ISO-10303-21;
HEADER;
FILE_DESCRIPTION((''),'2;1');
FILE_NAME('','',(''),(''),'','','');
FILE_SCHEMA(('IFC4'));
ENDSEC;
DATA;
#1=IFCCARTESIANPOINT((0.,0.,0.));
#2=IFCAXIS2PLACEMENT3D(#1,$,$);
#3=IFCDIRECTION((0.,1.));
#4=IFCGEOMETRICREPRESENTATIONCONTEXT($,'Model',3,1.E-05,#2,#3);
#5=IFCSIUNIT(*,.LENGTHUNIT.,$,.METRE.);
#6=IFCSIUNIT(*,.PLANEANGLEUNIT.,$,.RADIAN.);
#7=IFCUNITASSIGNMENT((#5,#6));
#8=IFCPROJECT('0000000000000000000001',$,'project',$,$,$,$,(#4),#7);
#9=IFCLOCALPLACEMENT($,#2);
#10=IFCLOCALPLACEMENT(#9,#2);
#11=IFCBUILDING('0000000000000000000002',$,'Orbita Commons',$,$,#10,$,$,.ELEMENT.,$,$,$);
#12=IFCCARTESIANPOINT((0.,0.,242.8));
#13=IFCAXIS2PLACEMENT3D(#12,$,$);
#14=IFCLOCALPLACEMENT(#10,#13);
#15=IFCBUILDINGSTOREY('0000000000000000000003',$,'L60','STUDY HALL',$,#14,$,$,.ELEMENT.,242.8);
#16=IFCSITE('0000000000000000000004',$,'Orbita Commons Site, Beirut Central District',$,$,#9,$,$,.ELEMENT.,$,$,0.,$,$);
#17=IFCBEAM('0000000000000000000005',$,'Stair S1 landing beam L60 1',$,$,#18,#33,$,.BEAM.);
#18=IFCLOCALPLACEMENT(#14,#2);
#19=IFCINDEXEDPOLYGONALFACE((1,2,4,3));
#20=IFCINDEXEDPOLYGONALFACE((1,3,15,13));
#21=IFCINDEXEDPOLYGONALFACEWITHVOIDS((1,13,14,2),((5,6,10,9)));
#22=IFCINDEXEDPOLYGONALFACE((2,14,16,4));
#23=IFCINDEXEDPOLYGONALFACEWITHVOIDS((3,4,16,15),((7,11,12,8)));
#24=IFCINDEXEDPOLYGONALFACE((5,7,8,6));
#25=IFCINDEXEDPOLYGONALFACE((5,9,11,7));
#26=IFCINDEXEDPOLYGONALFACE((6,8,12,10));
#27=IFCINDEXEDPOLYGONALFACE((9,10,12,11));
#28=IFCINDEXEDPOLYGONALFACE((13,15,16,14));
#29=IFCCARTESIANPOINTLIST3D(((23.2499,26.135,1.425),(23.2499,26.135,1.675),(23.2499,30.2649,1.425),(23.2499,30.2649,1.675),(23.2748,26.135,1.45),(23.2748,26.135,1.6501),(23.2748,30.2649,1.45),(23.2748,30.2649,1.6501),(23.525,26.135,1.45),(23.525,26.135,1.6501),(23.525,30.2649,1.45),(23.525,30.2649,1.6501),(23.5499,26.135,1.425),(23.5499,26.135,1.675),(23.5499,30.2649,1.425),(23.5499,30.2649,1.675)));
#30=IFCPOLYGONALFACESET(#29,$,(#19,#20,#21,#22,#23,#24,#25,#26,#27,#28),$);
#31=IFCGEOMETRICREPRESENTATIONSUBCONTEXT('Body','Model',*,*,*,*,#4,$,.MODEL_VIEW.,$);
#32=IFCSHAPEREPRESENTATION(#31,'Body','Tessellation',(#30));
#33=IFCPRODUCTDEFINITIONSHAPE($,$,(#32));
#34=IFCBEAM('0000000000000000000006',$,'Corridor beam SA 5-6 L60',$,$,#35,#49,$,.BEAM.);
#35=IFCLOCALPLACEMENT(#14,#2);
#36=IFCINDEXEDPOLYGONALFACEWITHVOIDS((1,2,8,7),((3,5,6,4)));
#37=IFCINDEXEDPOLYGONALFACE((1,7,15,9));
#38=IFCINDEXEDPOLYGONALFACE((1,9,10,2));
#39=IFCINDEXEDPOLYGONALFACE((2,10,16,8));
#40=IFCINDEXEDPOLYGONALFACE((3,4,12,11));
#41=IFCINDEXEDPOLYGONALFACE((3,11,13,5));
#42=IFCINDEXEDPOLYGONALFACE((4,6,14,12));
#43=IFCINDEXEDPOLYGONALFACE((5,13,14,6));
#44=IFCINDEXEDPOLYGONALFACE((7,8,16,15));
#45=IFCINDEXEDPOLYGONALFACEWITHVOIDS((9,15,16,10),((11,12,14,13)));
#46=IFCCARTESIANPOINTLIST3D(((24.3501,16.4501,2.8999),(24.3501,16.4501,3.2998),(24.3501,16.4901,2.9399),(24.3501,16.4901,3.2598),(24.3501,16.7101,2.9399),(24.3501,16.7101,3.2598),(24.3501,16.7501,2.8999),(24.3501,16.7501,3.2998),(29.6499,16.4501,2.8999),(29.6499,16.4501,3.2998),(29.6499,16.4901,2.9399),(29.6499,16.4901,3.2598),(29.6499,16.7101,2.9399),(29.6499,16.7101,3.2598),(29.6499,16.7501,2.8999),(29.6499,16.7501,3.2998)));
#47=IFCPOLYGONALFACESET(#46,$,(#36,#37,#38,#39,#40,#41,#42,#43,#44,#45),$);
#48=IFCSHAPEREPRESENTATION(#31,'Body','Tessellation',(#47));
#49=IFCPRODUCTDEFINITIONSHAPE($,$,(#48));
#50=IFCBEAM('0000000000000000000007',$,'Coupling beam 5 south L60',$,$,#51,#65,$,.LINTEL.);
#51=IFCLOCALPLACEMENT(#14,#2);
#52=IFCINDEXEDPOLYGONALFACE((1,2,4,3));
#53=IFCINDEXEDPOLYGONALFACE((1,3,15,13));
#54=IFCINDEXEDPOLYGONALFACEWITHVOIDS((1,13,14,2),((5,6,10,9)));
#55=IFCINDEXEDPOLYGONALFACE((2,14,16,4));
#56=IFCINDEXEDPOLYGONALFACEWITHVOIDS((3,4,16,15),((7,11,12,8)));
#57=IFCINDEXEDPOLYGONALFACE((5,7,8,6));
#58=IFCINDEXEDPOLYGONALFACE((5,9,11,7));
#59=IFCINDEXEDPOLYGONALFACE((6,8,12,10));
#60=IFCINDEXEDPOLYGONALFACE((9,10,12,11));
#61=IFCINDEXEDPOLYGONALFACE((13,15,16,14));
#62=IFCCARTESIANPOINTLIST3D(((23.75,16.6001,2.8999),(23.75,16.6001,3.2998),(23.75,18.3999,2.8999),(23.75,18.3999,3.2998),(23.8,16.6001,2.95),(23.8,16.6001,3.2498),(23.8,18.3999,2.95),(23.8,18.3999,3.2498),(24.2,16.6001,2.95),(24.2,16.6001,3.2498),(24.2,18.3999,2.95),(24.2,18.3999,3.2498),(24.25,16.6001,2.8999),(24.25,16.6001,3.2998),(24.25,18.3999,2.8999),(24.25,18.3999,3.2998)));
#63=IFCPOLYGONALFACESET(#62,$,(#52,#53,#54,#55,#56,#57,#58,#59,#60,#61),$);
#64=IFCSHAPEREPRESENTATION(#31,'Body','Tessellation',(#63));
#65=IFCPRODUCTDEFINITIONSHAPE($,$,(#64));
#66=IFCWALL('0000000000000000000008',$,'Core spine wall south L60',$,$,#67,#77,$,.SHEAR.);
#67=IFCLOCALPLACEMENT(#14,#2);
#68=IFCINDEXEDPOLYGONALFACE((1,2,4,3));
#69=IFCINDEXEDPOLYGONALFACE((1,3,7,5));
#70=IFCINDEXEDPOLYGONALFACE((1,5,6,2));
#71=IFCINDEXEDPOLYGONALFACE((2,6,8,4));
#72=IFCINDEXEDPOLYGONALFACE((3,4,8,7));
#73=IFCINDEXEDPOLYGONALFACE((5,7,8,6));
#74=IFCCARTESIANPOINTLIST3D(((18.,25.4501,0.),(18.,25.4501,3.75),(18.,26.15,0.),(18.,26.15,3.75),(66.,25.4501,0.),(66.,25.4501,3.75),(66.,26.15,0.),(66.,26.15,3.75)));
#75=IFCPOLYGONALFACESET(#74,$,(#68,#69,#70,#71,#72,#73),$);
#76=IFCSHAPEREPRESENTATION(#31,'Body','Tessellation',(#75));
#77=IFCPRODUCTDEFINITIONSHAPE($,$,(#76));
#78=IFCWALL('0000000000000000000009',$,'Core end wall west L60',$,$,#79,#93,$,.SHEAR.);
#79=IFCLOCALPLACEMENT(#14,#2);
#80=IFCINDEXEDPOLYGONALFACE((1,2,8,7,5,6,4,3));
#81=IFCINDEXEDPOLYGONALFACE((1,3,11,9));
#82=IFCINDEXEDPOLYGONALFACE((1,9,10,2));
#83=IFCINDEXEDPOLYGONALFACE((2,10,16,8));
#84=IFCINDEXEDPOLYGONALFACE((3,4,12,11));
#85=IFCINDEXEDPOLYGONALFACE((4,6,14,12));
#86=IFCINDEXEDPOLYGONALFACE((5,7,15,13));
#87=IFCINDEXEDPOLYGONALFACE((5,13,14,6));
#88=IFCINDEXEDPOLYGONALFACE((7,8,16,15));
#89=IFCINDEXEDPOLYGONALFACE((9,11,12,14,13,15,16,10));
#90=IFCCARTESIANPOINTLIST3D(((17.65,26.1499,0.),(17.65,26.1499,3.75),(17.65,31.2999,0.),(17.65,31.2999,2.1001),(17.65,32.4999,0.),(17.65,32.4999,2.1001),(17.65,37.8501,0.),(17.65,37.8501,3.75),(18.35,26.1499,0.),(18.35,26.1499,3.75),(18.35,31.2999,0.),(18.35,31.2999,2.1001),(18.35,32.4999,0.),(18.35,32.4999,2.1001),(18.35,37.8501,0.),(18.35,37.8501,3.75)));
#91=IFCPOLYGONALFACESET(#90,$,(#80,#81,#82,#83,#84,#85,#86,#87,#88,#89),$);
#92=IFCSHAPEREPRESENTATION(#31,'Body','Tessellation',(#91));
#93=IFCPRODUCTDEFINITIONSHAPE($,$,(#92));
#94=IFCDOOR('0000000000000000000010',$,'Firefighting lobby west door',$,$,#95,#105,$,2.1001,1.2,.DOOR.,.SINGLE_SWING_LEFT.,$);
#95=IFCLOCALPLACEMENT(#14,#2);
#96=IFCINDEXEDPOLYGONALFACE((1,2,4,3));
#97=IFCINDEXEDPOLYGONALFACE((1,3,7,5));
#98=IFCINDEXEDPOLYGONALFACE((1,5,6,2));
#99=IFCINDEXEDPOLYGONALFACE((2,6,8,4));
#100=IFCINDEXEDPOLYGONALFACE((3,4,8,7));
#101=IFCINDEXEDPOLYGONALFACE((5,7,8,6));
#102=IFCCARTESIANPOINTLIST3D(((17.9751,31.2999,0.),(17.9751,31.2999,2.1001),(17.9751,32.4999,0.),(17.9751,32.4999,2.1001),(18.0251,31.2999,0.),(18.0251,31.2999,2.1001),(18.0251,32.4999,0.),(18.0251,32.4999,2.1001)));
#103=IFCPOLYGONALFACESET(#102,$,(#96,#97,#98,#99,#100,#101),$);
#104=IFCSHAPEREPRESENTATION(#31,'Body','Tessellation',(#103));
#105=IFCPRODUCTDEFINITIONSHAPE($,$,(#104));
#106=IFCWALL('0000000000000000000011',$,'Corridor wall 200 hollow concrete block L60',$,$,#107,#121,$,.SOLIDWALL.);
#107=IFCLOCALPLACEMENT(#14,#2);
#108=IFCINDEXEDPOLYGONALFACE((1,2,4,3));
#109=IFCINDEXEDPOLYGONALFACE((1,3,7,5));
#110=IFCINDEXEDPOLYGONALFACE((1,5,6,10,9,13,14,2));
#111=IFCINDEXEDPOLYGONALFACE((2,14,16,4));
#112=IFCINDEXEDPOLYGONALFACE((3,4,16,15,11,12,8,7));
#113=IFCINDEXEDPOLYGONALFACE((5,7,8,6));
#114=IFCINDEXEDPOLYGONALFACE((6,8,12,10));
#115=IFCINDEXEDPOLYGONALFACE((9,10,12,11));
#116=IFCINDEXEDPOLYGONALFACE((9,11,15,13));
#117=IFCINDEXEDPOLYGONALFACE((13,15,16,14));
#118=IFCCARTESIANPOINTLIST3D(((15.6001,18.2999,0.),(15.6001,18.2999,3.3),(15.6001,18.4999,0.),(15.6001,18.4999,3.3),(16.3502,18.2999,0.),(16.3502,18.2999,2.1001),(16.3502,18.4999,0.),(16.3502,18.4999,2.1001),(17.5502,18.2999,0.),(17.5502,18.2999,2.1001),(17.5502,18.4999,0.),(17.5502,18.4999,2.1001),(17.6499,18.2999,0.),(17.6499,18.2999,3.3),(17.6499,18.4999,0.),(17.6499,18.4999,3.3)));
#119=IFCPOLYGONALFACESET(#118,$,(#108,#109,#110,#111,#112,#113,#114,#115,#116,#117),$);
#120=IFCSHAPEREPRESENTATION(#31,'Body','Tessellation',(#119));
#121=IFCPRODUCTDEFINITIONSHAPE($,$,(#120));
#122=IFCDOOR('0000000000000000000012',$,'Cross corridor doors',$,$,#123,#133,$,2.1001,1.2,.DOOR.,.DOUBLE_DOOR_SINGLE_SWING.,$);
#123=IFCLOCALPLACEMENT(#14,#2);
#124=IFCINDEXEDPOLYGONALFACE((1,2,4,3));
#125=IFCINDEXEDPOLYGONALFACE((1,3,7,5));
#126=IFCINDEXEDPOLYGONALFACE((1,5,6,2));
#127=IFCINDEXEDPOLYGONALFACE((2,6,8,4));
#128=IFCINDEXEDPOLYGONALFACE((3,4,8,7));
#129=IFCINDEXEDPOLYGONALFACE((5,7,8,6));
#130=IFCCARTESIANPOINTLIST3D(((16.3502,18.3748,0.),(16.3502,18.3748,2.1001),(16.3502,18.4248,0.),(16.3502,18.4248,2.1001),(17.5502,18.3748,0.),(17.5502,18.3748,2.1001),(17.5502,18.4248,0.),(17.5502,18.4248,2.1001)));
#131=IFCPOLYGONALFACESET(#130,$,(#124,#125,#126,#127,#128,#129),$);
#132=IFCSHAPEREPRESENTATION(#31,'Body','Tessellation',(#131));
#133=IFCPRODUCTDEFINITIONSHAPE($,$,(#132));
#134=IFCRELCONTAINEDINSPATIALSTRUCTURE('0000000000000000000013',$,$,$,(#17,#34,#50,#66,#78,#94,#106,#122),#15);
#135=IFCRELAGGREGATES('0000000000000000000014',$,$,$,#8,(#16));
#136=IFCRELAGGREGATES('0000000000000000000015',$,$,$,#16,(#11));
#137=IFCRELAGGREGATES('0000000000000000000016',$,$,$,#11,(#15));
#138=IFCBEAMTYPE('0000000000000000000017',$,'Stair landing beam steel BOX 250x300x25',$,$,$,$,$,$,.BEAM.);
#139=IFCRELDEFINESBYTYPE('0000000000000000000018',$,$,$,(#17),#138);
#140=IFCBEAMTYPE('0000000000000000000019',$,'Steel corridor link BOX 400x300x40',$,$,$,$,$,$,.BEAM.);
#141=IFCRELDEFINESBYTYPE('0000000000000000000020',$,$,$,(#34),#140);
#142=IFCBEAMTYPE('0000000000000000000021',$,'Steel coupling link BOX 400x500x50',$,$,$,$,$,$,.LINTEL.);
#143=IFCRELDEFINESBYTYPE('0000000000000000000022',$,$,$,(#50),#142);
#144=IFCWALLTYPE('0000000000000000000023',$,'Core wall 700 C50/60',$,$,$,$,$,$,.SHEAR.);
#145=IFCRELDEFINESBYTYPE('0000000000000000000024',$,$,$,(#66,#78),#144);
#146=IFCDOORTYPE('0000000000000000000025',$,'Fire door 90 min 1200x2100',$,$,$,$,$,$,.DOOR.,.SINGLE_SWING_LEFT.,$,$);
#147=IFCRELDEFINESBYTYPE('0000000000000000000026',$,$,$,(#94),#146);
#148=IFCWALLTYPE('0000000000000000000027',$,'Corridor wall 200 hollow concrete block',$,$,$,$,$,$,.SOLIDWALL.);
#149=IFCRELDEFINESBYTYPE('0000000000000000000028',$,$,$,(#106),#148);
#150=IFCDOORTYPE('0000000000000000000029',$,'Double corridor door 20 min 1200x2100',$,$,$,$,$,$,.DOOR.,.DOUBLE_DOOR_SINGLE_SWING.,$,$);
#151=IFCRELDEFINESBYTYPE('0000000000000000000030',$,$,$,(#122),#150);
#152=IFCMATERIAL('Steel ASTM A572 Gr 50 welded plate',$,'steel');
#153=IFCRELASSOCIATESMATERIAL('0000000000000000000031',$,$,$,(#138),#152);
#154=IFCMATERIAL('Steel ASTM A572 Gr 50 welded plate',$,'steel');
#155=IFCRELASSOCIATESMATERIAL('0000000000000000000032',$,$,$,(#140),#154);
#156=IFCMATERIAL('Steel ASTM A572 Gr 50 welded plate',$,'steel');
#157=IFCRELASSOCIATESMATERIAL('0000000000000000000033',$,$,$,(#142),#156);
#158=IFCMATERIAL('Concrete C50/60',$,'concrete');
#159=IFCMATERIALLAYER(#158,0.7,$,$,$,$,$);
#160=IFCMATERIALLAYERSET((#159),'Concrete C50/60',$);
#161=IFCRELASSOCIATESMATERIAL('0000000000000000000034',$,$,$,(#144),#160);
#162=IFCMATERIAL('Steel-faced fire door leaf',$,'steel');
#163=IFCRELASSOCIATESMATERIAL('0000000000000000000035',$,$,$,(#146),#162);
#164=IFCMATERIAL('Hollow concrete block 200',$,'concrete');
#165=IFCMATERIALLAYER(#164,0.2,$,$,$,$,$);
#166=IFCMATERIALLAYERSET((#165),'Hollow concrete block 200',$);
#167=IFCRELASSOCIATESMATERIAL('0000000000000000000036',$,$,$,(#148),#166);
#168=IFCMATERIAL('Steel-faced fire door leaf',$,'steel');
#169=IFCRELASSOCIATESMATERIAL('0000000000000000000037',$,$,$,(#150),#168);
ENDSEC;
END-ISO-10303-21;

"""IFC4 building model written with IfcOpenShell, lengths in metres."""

from ifc_helpers import new_model, si_unit, direction, frame, frame_2d, origin, origin_2d, place, context, subcontext, project, spatial, rectangle, hollow_rectangle, extrude, material, layer, layer_set, material_profile, profile_set, type_object, element, fill, save


model = new_model("IFC4")

# Units and contexts
model_context = context("Model", 3, precision=1e-05, world=origin(), true_north=direction((0.0, 1.0)))
body_context = subcontext(model_context, "Body", "Model", "MODEL_VIEW")
ifc_project = project(units=[si_unit("LENGTHUNIT", "METRE"), si_unit("PLANEANGLEUNIT", "RADIAN")], contexts=[model_context])

# Site, building, storey
site_placement = place(None, origin())
site = spatial("IfcSite", under=ifc_project, at=site_placement, Name="Orbita Commons Site, Beirut Central District", CompositionType="ELEMENT", RefElevation=0.0)
building_placement = place(site_placement, origin())
building = spatial("IfcBuilding", under=site, at=building_placement, Name="Orbita Commons", CompositionType="ELEMENT")
storey_placement = place(building_placement, frame((0.0, 0.0, 242.8)))
storey = spatial("IfcBuildingStorey", under=building, at=storey_placement, Name="L60", Description="STUDY HALL", CompositionType="ELEMENT", Elevation=242.8)

# Beams
ifc_material_1 = material(Name="Steel ASTM A572 Gr 50 welded plate", Category="steel")
ifc_material_profile_1 = material_profile(ifc_material_1, hollow_rectangle(XDim=0.3, YDim=0.25, WallThickness=0.0249, at=origin_2d()), Name="BOX 250x300x25")
ifc_profile_set_1 = profile_set([ifc_material_profile_1], Name="Steel ASTM A572 Gr 50 welded plate")
beam_type_1 = type_object("IfcBeamType", Name="Stair landing beam steel BOX 250x300x25", PredefinedType="BEAM", material=ifc_profile_set_1)
beam_1_placement = place(storey_placement, frame((23.3999, 26.135, 1.55), z_axis=(0.0, 1.0, 0.0), x_axis=(-1.0, 0.0, 0.0)))
element("IfcBeam", 1, at=beam_1_placement, inside=storey, type_object=beam_type_1, Name="Stair S1 landing beam L60 1", PredefinedType="BEAM", context=body_context, shape_type="SweptSolid", body=[
    extrude(hollow_rectangle(XDim=0.3, YDim=0.25, WallThickness=0.0249, at=origin_2d()), origin(), (0.0, 0.0, 1.0), 4.1299),
])
ifc_material_2 = material(Name="Steel ASTM A572 Gr 50 welded plate", Category="steel")
ifc_material_profile_2 = material_profile(ifc_material_2, hollow_rectangle(XDim=0.3, YDim=0.3999, WallThickness=0.04, at=origin_2d()), Name="BOX 400x300x40")
ifc_profile_set_2 = profile_set([ifc_material_profile_2], Name="Steel ASTM A572 Gr 50 welded plate")
beam_type_2 = type_object("IfcBeamType", Name="Steel corridor link BOX 400x300x40", PredefinedType="BEAM", material=ifc_profile_set_2)
beam_2_placement = place(storey_placement, frame((24.3501, 16.6001, 3.0999), z_axis=(1.0, 0.0, 0.0), x_axis=(0.0, 1.0, 0.0)))
element("IfcBeam", 2, at=beam_2_placement, inside=storey, type_object=beam_type_2, Name="Corridor beam SA 5-6 L60", PredefinedType="BEAM", context=body_context, shape_type="SweptSolid", body=[
    extrude(hollow_rectangle(XDim=0.3, YDim=0.3999, WallThickness=0.04, at=origin_2d()), origin(), (0.0, 0.0, 1.0), 5.2998),
])
ifc_material_3 = material(Name="Steel ASTM A572 Gr 50 welded plate", Category="steel")
ifc_material_profile_3 = material_profile(ifc_material_3, hollow_rectangle(XDim=0.5, YDim=0.3999, WallThickness=0.05, at=origin_2d()), Name="BOX 400x500x50")
ifc_profile_set_3 = profile_set([ifc_material_profile_3], Name="Steel ASTM A572 Gr 50 welded plate")
beam_type_3 = type_object("IfcBeamType", Name="Steel coupling link BOX 400x500x50", PredefinedType="LINTEL", material=ifc_profile_set_3)
beam_3_placement = place(storey_placement, frame((24.0, 16.6001, 3.0999), z_axis=(0.0, 1.0, 0.0), x_axis=(-1.0, 0.0, 0.0)))
element("IfcBeam", 3, at=beam_3_placement, inside=storey, type_object=beam_type_3, Name="Coupling beam 5 south L60", PredefinedType="LINTEL", context=body_context, shape_type="SweptSolid", body=[
    extrude(hollow_rectangle(XDim=0.5, YDim=0.3999, WallThickness=0.05, at=origin_2d()), origin(), (0.0, 0.0, 1.0), 1.7998),
])

# Wall
ifc_material_4 = material(Name="Concrete C50/60", Category="concrete")
ifc_layer_1 = layer(ifc_material_4, 0.7)
ifc_layer_set_1 = layer_set([ifc_layer_1], Name="Concrete C50/60")
wall_type_1 = type_object("IfcWallType", Name="Core wall 700 C50/60", PredefinedType="SHEAR", material=ifc_layer_set_1)
wall_1_placement = place(storey_placement, frame((18.0, 25.8, 0.0), z_axis=(0.0, 0.0, 1.0), x_axis=(1.0, 0.0, 0.0)))
element("IfcWall", 4, at=wall_1_placement, inside=storey, type_object=wall_type_1, Name="Core spine wall south L60", PredefinedType="SHEAR", context=body_context, shape_type="SweptSolid", body=[
    extrude(rectangle(XDim=48.0, YDim=0.7, at=frame_2d((24.0, 0.0))), origin(), (0.0, 0.0, 1.0), 3.75),
])

# Walls, openings, doors
wall_2_placement = place(storey_placement, frame((18.0, 26.1499, 0.0), z_axis=(0.0, 0.0, 1.0), x_axis=(0.0, 1.0, 0.0)))
wall_2 = element("IfcWall", 5, at=wall_2_placement, inside=storey, type_object=wall_type_1, Name="Core end wall west L60", PredefinedType="SHEAR", context=body_context, shape_type="SweptSolid", body=[
    extrude(rectangle(XDim=11.7002, YDim=0.7, at=frame_2d((5.8501, 0.0))), origin(), (0.0, 0.0, 1.0), 3.75),
])
opening_1_placement = place(wall_2_placement, frame((5.1499, 0.0, 0.0)))
opening_1 = element("IfcOpeningElement", 6, at=opening_1_placement, cuts=wall_2, PredefinedType="OPENING", context=body_context, shape_type="SweptSolid", body=[
    extrude(rectangle(XDim=1.2, YDim=2.1001, at=frame_2d((0.6001, 1.05))), frame((0.0, 0.3599, 0.0), z_axis=(0.0, -1.0, 0.0), x_axis=(1.0, 0.0, 0.0)), (0.0, 0.0, 1.0), 0.72),
])
ifc_material_5 = material(Name="Steel-faced fire door leaf", Category="steel")
door_type_1 = type_object("IfcDoorType", Name="Fire door 90 min 1200x2100", OperationType="SINGLE_SWING_LEFT", PredefinedType="DOOR", material=ifc_material_5)
door_1_placement = place(opening_1_placement, origin())
door_1 = element("IfcDoor", 7, at=door_1_placement, inside=storey, type_object=door_type_1, Name="Firefighting lobby west door", OperationType="SINGLE_SWING_LEFT", OverallHeight=2.1001, OverallWidth=1.2, PredefinedType="DOOR", context=body_context, shape_type="SweptSolid", body=[
    extrude(rectangle(XDim=1.2, YDim=2.1001, at=frame_2d((0.6001, 1.05))), frame((0.0, 0.0249, 0.0), z_axis=(0.0, -1.0, 0.0), x_axis=(1.0, 0.0, 0.0)), (0.0, 0.0, 1.0), 0.05),
])
fill(opening_1, door_1)
ifc_material_6 = material(Name="Hollow concrete block 200", Category="concrete")
ifc_layer_2 = layer(ifc_material_6, 0.2)
ifc_layer_set_2 = layer_set([ifc_layer_2], Name="Hollow concrete block 200")
wall_type_2 = type_object("IfcWallType", Name="Corridor wall 200 hollow concrete block", PredefinedType="SOLIDWALL", material=ifc_layer_set_2)
wall_3_placement = place(storey_placement, frame((15.6001, 18.3999, 0.0), z_axis=(0.0, 0.0, 1.0), x_axis=(1.0, 0.0, 0.0)))
wall_3 = element("IfcWall", 8, at=wall_3_placement, inside=storey, type_object=wall_type_2, Name="Corridor wall 200 hollow concrete block L60", PredefinedType="SOLIDWALL", context=body_context, shape_type="SweptSolid", body=[
    extrude(rectangle(XDim=2.0498, YDim=0.2, at=frame_2d((1.0249, 0.0))), origin(), (0.0, 0.0, 1.0), 3.3),
])
opening_2_placement = place(wall_3_placement, frame((0.75, 0.0, 0.0)))
opening_2 = element("IfcOpeningElement", 9, at=opening_2_placement, cuts=wall_3, PredefinedType="OPENING", context=body_context, shape_type="SweptSolid", body=[
    extrude(rectangle(XDim=1.2, YDim=2.1001, at=frame_2d((0.6001, 1.05))), frame((0.0, 0.1099, 0.0), z_axis=(0.0, -1.0, 0.0), x_axis=(1.0, 0.0, 0.0)), (0.0, 0.0, 1.0), 0.22),
])
ifc_material_7 = material(Name="Steel-faced fire door leaf", Category="steel")
door_type_2 = type_object("IfcDoorType", Name="Double corridor door 20 min 1200x2100", OperationType="DOUBLE_DOOR_SINGLE_SWING", PredefinedType="DOOR", material=ifc_material_7)
door_2_placement = place(opening_2_placement, origin())
door_2 = element("IfcDoor", 10, at=door_2_placement, inside=storey, type_object=door_type_2, Name="Cross corridor doors", OperationType="DOUBLE_DOOR_SINGLE_SWING", OverallHeight=2.1001, OverallWidth=1.2, PredefinedType="DOOR", context=body_context, shape_type="SweptSolid", body=[
    extrude(rectangle(XDim=1.2, YDim=2.1001, at=frame_2d((0.6001, 1.05))), frame((0.0, 0.0249, 0.0), z_axis=(0.0, -1.0, 0.0), x_axis=(1.0, 0.0, 0.0)), (0.0, 0.0, 1.0), 0.05),
])
fill(opening_2, door_2)

save(model, "model.ifc")
